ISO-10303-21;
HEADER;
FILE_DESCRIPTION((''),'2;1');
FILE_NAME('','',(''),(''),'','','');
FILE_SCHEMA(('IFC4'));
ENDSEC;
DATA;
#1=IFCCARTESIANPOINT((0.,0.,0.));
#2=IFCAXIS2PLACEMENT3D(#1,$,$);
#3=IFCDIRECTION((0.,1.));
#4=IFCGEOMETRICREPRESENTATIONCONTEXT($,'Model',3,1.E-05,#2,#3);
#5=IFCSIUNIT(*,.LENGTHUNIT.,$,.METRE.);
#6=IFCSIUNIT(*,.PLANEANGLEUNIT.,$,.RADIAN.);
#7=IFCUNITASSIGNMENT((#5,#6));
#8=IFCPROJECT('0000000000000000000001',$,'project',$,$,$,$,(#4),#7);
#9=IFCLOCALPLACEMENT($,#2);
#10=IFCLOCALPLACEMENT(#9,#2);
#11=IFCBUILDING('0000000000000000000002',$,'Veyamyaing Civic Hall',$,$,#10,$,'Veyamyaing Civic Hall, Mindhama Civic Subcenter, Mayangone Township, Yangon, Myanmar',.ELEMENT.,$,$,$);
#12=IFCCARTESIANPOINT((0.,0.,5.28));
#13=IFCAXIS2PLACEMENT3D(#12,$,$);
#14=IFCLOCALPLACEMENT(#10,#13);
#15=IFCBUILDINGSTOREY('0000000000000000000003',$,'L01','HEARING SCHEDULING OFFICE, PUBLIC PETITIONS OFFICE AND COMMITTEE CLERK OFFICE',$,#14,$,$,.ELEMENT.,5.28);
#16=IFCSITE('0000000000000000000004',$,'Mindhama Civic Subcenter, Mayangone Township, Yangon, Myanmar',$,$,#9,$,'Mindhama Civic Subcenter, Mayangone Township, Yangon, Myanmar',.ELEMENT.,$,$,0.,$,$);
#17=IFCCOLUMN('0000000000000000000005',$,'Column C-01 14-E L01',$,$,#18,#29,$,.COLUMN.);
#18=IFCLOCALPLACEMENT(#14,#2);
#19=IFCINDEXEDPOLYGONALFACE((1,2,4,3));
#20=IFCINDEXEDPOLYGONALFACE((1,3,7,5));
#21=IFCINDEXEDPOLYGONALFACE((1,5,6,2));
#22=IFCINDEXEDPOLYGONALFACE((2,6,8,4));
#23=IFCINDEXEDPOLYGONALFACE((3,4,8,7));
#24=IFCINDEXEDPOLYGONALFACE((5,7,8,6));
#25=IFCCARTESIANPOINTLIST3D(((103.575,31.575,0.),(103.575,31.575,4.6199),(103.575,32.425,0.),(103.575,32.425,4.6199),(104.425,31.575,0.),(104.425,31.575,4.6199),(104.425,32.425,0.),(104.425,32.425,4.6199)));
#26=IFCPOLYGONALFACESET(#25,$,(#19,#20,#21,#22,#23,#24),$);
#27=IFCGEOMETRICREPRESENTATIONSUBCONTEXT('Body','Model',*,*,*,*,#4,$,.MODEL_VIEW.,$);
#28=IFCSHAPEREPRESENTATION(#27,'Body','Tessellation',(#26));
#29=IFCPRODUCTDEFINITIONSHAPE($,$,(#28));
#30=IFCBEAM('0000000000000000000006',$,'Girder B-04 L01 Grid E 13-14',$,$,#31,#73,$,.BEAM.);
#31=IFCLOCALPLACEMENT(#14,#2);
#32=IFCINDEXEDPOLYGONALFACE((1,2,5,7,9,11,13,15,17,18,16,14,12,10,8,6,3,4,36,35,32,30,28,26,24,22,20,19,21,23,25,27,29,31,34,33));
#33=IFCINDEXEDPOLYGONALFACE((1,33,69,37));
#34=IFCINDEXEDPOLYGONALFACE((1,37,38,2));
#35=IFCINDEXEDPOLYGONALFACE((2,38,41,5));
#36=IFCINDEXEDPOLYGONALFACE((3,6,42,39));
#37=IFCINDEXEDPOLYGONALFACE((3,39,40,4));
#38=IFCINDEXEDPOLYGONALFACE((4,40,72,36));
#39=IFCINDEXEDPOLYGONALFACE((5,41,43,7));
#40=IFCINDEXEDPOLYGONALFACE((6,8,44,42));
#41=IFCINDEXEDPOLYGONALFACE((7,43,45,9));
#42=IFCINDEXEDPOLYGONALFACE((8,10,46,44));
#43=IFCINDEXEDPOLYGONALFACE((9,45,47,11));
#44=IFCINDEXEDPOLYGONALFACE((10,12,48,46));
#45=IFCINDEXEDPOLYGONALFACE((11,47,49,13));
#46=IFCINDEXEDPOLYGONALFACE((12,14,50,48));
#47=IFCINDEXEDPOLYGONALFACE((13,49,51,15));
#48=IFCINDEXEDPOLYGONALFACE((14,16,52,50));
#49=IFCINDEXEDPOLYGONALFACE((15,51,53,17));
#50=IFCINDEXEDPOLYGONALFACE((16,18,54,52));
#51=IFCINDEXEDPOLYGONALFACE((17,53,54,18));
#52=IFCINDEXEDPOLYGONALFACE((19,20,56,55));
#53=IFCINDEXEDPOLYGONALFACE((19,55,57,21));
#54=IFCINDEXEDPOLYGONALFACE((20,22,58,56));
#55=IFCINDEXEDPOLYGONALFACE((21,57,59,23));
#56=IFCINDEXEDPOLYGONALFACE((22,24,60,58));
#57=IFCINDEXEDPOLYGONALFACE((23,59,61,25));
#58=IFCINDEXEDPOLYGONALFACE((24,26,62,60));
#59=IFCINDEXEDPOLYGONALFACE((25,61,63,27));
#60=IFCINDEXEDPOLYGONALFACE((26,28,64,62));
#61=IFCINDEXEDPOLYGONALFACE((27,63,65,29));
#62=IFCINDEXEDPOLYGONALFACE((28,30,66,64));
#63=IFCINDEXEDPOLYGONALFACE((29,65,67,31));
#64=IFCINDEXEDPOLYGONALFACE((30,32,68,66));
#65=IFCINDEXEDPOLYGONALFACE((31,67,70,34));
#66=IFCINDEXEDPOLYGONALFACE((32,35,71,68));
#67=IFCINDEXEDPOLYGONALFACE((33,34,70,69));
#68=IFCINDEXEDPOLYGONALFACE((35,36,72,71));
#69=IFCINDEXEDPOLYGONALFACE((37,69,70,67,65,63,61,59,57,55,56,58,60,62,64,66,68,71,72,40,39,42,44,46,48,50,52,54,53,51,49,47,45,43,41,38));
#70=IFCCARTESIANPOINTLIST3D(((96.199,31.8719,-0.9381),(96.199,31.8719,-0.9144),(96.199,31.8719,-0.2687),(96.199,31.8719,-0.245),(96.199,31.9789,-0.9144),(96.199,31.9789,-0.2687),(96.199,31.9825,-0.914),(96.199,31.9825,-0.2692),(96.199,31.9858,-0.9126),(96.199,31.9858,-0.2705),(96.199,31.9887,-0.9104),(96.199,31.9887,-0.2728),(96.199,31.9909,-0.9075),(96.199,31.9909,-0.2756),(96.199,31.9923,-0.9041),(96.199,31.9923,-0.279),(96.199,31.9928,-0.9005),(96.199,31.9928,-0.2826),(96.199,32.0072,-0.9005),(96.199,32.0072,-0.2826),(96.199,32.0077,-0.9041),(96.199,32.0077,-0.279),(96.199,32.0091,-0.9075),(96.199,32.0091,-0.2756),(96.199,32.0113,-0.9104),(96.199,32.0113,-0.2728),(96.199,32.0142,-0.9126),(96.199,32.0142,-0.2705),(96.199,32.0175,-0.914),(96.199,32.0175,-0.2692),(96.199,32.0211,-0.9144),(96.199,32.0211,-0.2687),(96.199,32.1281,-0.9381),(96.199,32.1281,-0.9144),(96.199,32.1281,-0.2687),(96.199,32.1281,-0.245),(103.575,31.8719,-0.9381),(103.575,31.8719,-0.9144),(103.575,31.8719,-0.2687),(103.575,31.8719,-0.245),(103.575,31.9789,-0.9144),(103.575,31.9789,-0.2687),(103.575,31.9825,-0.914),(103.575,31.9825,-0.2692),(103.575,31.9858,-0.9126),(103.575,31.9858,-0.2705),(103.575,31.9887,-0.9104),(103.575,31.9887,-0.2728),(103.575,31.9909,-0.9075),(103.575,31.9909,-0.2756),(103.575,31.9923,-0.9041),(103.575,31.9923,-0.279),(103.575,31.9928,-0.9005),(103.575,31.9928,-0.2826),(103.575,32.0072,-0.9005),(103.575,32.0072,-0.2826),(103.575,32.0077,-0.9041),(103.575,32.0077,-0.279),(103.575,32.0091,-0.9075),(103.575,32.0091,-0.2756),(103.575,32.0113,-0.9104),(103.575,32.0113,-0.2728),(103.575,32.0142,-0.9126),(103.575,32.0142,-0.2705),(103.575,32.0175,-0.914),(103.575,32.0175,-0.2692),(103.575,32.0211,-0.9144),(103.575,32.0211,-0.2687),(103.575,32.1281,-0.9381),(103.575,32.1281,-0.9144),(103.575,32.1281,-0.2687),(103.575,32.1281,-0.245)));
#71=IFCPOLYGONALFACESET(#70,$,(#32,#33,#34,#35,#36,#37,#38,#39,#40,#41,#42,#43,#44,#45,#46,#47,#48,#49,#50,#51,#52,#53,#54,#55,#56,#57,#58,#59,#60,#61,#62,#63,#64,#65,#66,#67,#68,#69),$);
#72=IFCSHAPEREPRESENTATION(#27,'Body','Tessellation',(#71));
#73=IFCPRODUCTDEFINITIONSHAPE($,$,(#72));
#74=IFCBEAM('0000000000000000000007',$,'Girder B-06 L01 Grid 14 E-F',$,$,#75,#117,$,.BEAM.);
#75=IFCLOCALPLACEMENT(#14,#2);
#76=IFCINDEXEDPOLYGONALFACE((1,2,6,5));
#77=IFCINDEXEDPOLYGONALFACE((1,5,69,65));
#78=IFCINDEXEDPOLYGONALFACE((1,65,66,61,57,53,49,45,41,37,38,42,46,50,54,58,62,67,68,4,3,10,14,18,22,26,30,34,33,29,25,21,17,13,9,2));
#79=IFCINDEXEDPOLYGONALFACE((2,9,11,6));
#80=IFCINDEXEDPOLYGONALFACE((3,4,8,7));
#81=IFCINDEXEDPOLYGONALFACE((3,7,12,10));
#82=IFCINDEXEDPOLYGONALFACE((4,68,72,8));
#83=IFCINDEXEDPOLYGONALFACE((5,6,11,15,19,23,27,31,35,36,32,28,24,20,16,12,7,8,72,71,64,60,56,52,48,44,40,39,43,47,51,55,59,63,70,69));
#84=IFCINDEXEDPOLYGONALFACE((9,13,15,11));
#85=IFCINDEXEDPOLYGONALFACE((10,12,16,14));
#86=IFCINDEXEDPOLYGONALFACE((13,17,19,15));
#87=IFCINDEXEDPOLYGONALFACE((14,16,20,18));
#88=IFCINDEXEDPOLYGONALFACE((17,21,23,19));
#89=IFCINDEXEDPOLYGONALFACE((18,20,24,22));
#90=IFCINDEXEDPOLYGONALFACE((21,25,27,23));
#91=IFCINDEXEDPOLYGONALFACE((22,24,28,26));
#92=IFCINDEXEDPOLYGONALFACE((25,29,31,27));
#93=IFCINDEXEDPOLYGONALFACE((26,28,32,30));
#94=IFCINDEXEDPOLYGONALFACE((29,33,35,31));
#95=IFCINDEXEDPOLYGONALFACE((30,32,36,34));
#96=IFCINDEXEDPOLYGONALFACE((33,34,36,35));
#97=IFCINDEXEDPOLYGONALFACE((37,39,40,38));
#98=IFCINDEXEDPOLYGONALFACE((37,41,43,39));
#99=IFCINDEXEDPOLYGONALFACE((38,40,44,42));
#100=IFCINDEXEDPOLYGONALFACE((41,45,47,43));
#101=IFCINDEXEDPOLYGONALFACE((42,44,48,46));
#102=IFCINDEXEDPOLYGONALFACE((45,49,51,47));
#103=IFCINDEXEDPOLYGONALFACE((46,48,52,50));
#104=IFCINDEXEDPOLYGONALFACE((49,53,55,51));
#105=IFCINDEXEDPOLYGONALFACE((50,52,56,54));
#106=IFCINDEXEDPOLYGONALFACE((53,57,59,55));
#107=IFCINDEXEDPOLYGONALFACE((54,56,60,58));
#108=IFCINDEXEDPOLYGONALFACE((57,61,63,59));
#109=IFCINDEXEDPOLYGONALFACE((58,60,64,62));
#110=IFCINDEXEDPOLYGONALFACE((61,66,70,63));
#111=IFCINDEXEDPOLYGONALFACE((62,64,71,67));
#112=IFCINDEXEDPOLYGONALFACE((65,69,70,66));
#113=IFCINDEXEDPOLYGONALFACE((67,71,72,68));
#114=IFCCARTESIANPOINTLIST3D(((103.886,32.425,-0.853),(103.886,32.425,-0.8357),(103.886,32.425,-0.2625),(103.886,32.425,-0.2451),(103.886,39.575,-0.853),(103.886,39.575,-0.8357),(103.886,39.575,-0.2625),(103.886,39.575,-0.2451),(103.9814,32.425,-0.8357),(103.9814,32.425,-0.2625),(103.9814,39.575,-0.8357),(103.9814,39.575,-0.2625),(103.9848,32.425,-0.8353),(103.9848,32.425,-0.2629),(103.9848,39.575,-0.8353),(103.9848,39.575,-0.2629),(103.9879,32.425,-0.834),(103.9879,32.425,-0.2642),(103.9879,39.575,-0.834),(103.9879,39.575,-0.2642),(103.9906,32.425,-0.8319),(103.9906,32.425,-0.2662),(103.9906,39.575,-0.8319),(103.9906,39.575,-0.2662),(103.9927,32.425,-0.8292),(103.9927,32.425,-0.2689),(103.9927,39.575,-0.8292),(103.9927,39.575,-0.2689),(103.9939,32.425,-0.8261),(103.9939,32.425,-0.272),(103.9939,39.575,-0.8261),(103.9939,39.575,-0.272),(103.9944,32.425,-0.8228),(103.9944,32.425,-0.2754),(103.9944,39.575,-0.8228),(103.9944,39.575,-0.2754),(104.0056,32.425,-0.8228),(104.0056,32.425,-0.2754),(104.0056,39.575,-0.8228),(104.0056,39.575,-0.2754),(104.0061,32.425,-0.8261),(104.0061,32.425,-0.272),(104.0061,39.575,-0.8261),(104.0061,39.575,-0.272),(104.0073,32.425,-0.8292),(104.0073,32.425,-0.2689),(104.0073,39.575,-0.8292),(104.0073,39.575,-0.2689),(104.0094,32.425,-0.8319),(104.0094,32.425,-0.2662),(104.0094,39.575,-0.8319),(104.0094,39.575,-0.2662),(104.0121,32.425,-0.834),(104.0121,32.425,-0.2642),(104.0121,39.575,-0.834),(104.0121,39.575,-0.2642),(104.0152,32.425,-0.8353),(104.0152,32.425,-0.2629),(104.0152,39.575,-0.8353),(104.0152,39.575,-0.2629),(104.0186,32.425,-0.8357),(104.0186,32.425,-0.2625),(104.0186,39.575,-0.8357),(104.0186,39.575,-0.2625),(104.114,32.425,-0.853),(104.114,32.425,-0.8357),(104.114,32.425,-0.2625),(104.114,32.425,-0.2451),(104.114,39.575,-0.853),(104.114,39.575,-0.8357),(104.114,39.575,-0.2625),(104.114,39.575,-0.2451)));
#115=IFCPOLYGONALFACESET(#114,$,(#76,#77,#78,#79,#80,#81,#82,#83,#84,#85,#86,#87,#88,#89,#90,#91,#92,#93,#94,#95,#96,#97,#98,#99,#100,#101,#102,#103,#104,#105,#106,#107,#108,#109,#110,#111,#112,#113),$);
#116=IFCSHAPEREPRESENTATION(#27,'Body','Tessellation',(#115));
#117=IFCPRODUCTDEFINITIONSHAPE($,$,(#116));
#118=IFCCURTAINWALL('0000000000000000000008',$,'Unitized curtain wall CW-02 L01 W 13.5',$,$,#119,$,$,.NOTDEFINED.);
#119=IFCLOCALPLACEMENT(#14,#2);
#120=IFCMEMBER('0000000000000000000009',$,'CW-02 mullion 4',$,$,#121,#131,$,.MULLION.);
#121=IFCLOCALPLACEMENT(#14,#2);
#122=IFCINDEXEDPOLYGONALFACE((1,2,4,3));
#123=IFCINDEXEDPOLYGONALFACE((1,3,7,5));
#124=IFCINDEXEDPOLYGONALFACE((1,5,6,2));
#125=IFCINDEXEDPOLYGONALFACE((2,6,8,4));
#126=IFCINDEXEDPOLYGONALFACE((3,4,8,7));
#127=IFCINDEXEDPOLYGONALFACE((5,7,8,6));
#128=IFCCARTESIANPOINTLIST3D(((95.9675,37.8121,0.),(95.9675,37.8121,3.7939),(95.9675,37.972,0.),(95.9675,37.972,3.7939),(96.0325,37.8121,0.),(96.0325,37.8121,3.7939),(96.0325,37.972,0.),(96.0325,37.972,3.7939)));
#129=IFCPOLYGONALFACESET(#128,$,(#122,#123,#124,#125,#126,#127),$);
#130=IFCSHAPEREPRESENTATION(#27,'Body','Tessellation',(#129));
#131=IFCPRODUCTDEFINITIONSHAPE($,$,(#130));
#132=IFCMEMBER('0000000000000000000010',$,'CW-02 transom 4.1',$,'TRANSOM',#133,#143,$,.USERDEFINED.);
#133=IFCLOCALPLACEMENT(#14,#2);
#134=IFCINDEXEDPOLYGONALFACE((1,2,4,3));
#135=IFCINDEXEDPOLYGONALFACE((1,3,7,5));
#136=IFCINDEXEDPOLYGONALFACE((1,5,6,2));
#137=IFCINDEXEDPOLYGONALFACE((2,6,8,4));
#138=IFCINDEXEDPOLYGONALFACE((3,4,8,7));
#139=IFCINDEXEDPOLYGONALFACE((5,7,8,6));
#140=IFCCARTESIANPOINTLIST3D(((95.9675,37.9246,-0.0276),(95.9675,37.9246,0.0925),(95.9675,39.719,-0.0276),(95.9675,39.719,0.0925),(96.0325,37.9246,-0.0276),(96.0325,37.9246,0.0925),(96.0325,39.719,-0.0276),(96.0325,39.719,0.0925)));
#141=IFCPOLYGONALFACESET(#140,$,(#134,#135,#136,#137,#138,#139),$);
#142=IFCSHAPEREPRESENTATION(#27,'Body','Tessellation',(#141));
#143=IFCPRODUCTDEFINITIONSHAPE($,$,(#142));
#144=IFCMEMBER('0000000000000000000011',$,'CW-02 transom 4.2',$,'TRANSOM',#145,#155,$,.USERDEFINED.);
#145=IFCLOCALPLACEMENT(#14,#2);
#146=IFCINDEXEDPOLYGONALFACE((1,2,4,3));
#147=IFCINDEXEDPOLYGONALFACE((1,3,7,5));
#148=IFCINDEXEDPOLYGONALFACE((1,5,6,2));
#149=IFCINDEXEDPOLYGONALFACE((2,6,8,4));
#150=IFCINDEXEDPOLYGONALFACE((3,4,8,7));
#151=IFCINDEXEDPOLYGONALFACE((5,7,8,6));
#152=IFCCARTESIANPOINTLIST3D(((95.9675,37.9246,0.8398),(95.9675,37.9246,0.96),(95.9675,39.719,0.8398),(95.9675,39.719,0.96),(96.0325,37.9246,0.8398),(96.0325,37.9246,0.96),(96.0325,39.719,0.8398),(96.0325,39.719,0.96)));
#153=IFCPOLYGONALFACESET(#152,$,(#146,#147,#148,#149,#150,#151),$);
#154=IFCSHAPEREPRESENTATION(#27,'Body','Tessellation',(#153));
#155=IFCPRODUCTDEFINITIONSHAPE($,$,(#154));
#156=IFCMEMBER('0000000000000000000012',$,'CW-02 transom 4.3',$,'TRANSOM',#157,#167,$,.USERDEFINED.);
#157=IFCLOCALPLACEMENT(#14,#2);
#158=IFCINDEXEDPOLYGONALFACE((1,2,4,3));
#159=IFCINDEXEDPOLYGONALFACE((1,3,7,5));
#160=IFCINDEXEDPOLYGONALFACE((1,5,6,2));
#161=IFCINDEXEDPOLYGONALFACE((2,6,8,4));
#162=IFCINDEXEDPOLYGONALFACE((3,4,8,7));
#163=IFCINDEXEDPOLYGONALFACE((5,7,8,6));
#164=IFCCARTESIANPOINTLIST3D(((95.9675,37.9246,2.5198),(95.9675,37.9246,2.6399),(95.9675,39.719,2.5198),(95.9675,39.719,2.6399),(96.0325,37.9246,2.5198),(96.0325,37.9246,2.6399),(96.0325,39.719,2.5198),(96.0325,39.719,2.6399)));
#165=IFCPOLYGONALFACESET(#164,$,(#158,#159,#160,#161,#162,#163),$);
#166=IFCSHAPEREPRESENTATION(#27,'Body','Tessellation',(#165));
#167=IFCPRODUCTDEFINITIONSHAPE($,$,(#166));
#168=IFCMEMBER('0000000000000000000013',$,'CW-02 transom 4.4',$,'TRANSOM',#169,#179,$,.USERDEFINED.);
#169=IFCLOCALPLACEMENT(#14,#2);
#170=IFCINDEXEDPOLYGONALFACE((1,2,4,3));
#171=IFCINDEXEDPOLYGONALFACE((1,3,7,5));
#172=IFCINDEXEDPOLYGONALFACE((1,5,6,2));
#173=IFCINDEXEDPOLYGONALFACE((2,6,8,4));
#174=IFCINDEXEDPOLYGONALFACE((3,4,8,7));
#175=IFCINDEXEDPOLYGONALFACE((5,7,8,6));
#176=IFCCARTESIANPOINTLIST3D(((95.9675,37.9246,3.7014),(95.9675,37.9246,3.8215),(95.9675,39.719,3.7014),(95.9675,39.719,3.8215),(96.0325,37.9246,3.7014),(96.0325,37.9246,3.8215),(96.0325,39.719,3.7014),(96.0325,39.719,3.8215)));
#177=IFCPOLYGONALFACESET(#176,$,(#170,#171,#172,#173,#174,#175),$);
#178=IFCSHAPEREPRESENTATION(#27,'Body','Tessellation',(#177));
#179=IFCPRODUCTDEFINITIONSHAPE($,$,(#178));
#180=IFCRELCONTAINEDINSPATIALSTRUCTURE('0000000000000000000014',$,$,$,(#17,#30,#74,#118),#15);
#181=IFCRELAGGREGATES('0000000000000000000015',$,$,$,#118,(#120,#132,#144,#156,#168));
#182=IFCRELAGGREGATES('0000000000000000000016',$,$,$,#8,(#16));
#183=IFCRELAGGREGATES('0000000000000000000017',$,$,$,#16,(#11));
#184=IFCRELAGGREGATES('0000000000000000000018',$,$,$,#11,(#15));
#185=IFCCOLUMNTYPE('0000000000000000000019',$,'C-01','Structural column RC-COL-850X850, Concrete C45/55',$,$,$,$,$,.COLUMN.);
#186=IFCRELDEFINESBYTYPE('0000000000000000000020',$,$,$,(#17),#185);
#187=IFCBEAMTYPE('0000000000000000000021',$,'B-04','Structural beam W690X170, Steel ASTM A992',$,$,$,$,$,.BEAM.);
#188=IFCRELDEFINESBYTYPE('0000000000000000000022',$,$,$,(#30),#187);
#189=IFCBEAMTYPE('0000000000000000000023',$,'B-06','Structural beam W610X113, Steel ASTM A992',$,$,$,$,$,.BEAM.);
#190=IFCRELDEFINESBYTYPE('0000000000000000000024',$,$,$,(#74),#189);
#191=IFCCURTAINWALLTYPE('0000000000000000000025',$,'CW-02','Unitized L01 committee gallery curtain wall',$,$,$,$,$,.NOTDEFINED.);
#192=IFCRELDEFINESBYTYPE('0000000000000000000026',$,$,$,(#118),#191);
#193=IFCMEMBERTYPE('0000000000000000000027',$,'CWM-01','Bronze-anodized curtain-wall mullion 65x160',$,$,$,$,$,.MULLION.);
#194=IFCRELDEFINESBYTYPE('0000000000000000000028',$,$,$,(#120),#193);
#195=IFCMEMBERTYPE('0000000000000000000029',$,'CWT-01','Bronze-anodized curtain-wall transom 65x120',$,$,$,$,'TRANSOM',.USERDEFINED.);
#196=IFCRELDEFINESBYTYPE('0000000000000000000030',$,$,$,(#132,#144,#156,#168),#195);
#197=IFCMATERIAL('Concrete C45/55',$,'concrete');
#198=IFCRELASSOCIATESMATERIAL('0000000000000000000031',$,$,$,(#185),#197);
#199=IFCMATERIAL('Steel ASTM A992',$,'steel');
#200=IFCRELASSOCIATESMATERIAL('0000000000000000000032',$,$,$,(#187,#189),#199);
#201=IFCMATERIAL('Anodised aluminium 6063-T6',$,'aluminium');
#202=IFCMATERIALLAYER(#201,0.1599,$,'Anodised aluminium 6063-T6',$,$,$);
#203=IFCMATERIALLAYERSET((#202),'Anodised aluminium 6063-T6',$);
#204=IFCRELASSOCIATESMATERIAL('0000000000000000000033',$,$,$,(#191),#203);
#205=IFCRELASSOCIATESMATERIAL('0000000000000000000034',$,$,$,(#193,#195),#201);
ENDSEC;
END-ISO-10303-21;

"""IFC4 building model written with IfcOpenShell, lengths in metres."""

from ifc_helpers import new_model, si_unit, direction, frame, origin, origin_2d, place, context, subcontext, project, spatial, rectangle, i_section, extrude, material, layer, layer_set, material_profile, profile_set, type_object, element, aggregate, save


model = new_model("IFC4")

# Units and contexts
model_context = context("Model", 3, precision=1e-05, world=origin(), true_north=direction((0.0, 1.0)))
body_context = subcontext(model_context, "Body", "Model", "MODEL_VIEW")
ifc_project = project(units=[si_unit("LENGTHUNIT", "METRE"), si_unit("PLANEANGLEUNIT", "RADIAN")], contexts=[model_context])

# Site, building, storey
site_placement = place(None, origin())
site = spatial("IfcSite", under=ifc_project, at=site_placement, Name="Mindhama Civic Subcenter, Mayangone Township, Yangon, Myanmar", LongName="Mindhama Civic Subcenter, Mayangone Township, Yangon, Myanmar", CompositionType="ELEMENT", RefElevation=0.0)
building_placement = place(site_placement, origin())
building = spatial("IfcBuilding", under=site, at=building_placement, Name="Veyamyaing Civic Hall", LongName="Veyamyaing Civic Hall, Mindhama Civic Subcenter, Mayangone Township, Yangon, Myanmar", CompositionType="ELEMENT")
storey_placement = place(building_placement, frame((0.0, 0.0, 5.28)))
storey = spatial("IfcBuildingStorey", under=building, at=storey_placement, Name="L01", Description="HEARING SCHEDULING OFFICE, PUBLIC PETITIONS OFFICE AND COMMITTEE CLERK OFFICE", CompositionType="ELEMENT", Elevation=5.28)

# Column
ifc_material_1 = material(Name="Concrete C45/55", Category="concrete")
ifc_material_profile_1 = material_profile(ifc_material_1, rectangle(XDim=0.8501, YDim=0.8501, at=origin_2d()), Name="RC-COL-850X850")
ifc_profile_set_1 = profile_set([ifc_material_profile_1], Name="Concrete C45/55")
column_type = type_object("IfcColumnType", Name="C-01", Description="Structural column RC-COL-850X850, Concrete C45/55", PredefinedType="COLUMN", material=ifc_profile_set_1)
column_placement = place(storey_placement, frame((104.0, 32.0, 0.0), z_axis=(0.0, 0.0, 1.0), x_axis=(1.0, 0.0, 0.0)))
element("IfcColumn", 1, at=column_placement, inside=storey, type_object=column_type, Name="Column C-01 14-E L01", PredefinedType="COLUMN", context=body_context, shape_type="SweptSolid", body=[
    extrude(rectangle(XDim=0.8501, YDim=0.8501, at=origin_2d()), origin(), (0.0, 0.0, 1.0), 4.6199),
])

# Beams
ifc_material_2 = material(Name="Steel ASTM A992", Category="steel")
ifc_material_profile_2 = material_profile(ifc_material_2, i_section(OverallWidth=0.2561, OverallDepth=0.6931, WebThickness=0.0144, FlangeThickness=0.0237, FilletRadius=0.0139, at=origin_2d()), Name="W690X170")
ifc_profile_set_2 = profile_set([ifc_material_profile_2], Name="Steel ASTM A992")
beam_type_1 = type_object("IfcBeamType", Name="B-04", Description="Structural beam W690X170, Steel ASTM A992", PredefinedType="BEAM", material=ifc_profile_set_2)
beam_1_placement = place(storey_placement, frame((96.199, 32.0, -0.5916), z_axis=(1.0, 0.0, 0.0), x_axis=(0.0, 1.0, 0.0)))
element("IfcBeam", 2, at=beam_1_placement, inside=storey, type_object=beam_type_1, Name="Girder B-04 L01 Grid E 13-14", PredefinedType="BEAM", context=body_context, shape_type="SweptSolid", body=[
    extrude(i_section(OverallWidth=0.2561, OverallDepth=0.6931, WebThickness=0.0144, FlangeThickness=0.0237, FilletRadius=0.0139, at=origin_2d()), origin(), (0.0, 0.0, 1.0), 7.376),
])
ifc_material_profile_3 = material_profile(ifc_material_2, i_section(OverallWidth=0.228, OverallDepth=0.6079, WebThickness=0.0112, FlangeThickness=0.0173, FilletRadius=0.0129, at=origin_2d()), Name="W610X113")
ifc_profile_set_3 = profile_set([ifc_material_profile_3], Name="Steel ASTM A992")
beam_type_2 = type_object("IfcBeamType", Name="B-06", Description="Structural beam W610X113, Steel ASTM A992", PredefinedType="BEAM", material=ifc_profile_set_3)
beam_2_placement = place(storey_placement, frame((104.0, 32.425, -0.5491), z_axis=(0.0, 1.0, 0.0), x_axis=(-1.0, 0.0, 0.0)))
element("IfcBeam", 3, at=beam_2_placement, inside=storey, type_object=beam_type_2, Name="Girder B-06 L01 Grid 14 E-F", PredefinedType="BEAM", context=body_context, shape_type="SweptSolid", body=[
    extrude(i_section(OverallWidth=0.228, OverallDepth=0.6079, WebThickness=0.0112, FlangeThickness=0.0173, FilletRadius=0.0129, at=origin_2d()), origin(), (0.0, 0.0, 1.0), 7.1499),
])

# Curtain wall, members
ifc_material_3 = material(Name="Anodised aluminium 6063-T6", Category="aluminium")
ifc_layer_1 = layer(ifc_material_3, 0.1599, Name="Anodised aluminium 6063-T6")
ifc_layer_set_1 = layer_set([ifc_layer_1], Name="Anodised aluminium 6063-T6")
curtain_wall_type = type_object("IfcCurtainWallType", Name="CW-02", Description="Unitized L01 committee gallery curtain wall", PredefinedType="NOTDEFINED", material=ifc_layer_set_1)
curtain_wall_placement = place(storey_placement, origin())
curtain_wall = element("IfcCurtainWall", 4, at=curtain_wall_placement, inside=storey, type_object=curtain_wall_type, Name="Unitized curtain wall CW-02 L01 W 13.5", PredefinedType="NOTDEFINED")
ifc_material_profile_4 = material_profile(ifc_material_3, rectangle(XDim=0.0649, YDim=0.1599, at=origin_2d()), Name="ALU-MUL-65X160")
ifc_profile_set_4 = profile_set([ifc_material_profile_4], Name="Anodised aluminium 6063-T6")
member_type_1 = type_object("IfcMemberType", Name="CWM-01", Description="Bronze-anodized curtain-wall mullion 65x160", PredefinedType="MULLION", material=ifc_profile_set_4)
member_1_placement = place(storey_placement, frame((96.0, 37.8921, 0.0), z_axis=(0.0, 0.0, 1.0), x_axis=(-1.0, 0.0, 0.0)))
member_1 = element("IfcMember", 5, at=member_1_placement, type_object=member_type_1, Name="CW-02 mullion 4", PredefinedType="MULLION", context=body_context, shape_type="SweptSolid", body=[
    extrude(rectangle(XDim=0.0649, YDim=0.1599, at=origin_2d()), origin(), (0.0, 0.0, 1.0), 3.7939),
])
ifc_material_profile_5 = material_profile(ifc_material_3, rectangle(XDim=0.0649, YDim=0.1201, at=origin_2d()), Name="ALU-TRN-65X120")
ifc_profile_set_5 = profile_set([ifc_material_profile_5], Name="Anodised aluminium 6063-T6")
member_type_2 = type_object("IfcMemberType", Name="CWT-01", Description="Bronze-anodized curtain-wall transom 65x120", ElementType="TRANSOM", PredefinedType="USERDEFINED", material=ifc_profile_set_5)
member_2_placement = place(storey_placement, frame((96.0, 37.9246, 0.0325), z_axis=(0.0, 1.0, 0.0), x_axis=(-1.0, 0.0, 0.0)))
member_2 = element("IfcMember", 6, at=member_2_placement, type_object=member_type_2, Name="CW-02 transom 4.1", ObjectType="TRANSOM", PredefinedType="USERDEFINED", context=body_context, shape_type="SweptSolid", body=[
    extrude(rectangle(XDim=0.0649, YDim=0.1201, at=origin_2d()), origin(), (0.0, 0.0, 1.0), 1.7944),
])
member_3_placement = place(storey_placement, frame((96.0, 37.9246, 0.8999), z_axis=(0.0, 1.0, 0.0), x_axis=(-1.0, 0.0, 0.0)))
member_3 = element("IfcMember", 7, at=member_3_placement, type_object=member_type_2, Name="CW-02 transom 4.2", ObjectType="TRANSOM", PredefinedType="USERDEFINED", context=body_context, shape_type="SweptSolid", body=[
    extrude(rectangle(XDim=0.0649, YDim=0.1201, at=origin_2d()), origin(), (0.0, 0.0, 1.0), 1.7944),
])
member_4_placement = place(storey_placement, frame((96.0, 37.9246, 2.5798), z_axis=(0.0, 1.0, 0.0), x_axis=(-1.0, 0.0, 0.0)))
member_4 = element("IfcMember", 8, at=member_4_placement, type_object=member_type_2, Name="CW-02 transom 4.3", ObjectType="TRANSOM", PredefinedType="USERDEFINED", context=body_context, shape_type="SweptSolid", body=[
    extrude(rectangle(XDim=0.0649, YDim=0.1201, at=origin_2d()), origin(), (0.0, 0.0, 1.0), 1.7944),
])
member_5_placement = place(storey_placement, frame((96.0, 37.9246, 3.7615), z_axis=(0.0, 1.0, 0.0), x_axis=(-1.0, 0.0, 0.0)))
member_5 = element("IfcMember", 9, at=member_5_placement, type_object=member_type_2, Name="CW-02 transom 4.4", ObjectType="TRANSOM", PredefinedType="USERDEFINED", context=body_context, shape_type="SweptSolid", body=[
    extrude(rectangle(XDim=0.0649, YDim=0.1201, at=origin_2d()), origin(), (0.0, 0.0, 1.0), 1.7944),
])

aggregate(curtain_wall, [member_1, member_2, member_3, member_4, member_5])

save(model, "model.ifc")
